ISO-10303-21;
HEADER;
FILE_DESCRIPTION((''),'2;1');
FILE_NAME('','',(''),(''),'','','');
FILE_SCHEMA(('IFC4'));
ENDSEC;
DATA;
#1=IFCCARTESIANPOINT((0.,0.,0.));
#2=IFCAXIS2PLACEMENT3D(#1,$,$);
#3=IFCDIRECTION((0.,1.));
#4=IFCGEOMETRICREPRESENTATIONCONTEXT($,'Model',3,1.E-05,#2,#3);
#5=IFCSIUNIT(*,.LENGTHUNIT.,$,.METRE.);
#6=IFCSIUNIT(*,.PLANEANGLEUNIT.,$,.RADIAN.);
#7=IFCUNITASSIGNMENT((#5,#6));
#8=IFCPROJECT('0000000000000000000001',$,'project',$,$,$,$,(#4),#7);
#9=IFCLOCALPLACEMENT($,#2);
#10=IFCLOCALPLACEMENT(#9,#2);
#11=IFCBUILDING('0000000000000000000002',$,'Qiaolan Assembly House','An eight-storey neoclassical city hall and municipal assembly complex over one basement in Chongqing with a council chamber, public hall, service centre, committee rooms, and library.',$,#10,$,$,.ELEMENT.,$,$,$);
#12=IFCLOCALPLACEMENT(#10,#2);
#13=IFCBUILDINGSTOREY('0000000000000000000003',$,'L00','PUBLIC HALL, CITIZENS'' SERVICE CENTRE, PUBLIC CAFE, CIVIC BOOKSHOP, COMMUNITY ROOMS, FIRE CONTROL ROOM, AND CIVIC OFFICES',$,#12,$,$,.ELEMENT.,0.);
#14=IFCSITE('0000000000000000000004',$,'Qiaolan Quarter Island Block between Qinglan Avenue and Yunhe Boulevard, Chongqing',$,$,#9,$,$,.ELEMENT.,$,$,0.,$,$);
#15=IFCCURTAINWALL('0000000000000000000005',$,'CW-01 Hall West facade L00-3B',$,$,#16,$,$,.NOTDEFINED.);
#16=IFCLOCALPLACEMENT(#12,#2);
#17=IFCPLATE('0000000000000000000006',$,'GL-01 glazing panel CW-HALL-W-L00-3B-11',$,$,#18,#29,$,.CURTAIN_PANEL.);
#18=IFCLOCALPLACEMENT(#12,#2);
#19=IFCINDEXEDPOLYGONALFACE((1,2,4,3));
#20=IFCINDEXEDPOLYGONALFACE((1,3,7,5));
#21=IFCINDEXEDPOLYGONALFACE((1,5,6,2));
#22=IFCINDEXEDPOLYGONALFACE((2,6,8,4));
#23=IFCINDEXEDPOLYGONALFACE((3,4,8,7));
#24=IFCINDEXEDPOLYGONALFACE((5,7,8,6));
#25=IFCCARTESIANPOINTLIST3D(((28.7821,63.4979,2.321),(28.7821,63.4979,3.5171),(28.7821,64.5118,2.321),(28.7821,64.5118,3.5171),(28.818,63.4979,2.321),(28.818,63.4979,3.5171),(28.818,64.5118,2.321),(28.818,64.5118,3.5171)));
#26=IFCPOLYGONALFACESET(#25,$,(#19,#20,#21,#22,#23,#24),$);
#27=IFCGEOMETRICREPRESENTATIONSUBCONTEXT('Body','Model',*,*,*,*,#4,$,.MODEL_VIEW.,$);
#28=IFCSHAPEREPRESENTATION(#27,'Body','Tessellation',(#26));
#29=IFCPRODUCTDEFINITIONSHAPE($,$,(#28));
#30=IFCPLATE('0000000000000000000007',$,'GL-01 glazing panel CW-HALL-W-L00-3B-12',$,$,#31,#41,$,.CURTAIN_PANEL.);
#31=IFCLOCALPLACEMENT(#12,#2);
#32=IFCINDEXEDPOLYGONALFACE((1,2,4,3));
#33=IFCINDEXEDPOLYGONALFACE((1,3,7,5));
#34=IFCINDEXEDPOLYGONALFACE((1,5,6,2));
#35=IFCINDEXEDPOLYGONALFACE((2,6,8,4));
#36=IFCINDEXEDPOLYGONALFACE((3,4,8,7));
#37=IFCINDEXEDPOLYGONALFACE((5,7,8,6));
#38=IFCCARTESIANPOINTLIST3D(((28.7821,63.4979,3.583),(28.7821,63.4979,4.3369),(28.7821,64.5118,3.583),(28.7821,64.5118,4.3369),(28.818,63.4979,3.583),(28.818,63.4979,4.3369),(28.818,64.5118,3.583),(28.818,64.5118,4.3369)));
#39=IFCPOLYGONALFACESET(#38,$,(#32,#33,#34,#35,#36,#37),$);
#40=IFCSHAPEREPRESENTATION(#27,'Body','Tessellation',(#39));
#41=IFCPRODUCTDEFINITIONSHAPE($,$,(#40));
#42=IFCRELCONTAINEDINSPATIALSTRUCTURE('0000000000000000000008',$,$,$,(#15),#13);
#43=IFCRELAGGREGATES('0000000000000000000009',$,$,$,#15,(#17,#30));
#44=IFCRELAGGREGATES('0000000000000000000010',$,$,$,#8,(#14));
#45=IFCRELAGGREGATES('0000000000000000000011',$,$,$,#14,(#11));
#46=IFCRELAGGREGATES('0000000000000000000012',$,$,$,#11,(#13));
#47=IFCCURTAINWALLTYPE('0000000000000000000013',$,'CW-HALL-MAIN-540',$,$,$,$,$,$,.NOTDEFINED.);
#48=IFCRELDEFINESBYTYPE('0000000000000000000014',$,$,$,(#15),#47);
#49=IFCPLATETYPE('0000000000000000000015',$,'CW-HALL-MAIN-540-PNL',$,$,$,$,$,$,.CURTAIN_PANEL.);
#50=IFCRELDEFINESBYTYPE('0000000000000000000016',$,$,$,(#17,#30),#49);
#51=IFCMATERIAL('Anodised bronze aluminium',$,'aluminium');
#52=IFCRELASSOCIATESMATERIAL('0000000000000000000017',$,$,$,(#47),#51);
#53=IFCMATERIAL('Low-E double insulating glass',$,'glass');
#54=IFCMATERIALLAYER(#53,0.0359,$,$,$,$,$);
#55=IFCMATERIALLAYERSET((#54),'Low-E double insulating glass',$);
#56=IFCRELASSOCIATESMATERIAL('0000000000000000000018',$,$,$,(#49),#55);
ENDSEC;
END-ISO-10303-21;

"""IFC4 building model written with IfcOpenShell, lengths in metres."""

from ifc_helpers import new_model, si_unit, direction, frame, frame_2d, origin, place, context, subcontext, project, spatial, rectangle, extrude, material, layer, layer_set, type_object, element, aggregate, save


model = new_model("IFC4")

# Units and contexts
model_context = context("Model", 3, precision=1e-05, world=origin(), true_north=direction((0.0, 1.0)))
body_context = subcontext(model_context, "Body", "Model", "MODEL_VIEW")
ifc_project = project(units=[si_unit("LENGTHUNIT", "METRE"), si_unit("PLANEANGLEUNIT", "RADIAN")], contexts=[model_context])

# Site, building, storey
site_placement = place(None, origin())
site = spatial("IfcSite", under=ifc_project, at=site_placement, Name="Qiaolan Quarter Island Block between Qinglan Avenue and Yunhe Boulevard, Chongqing", CompositionType="ELEMENT", RefElevation=0.0)
building_placement = place(site_placement, origin())
building = spatial("IfcBuilding", under=site, at=building_placement, Name="Qiaolan Assembly House", Description="An eight-storey neoclassical city hall and municipal assembly complex over one basement in Chongqing with a council chamber, public hall, service centre, committee rooms, and library.", CompositionType="ELEMENT")
storey_placement = place(building_placement, origin())
storey = spatial("IfcBuildingStorey", under=building, at=storey_placement, Name="L00", Description="PUBLIC HALL, CITIZENS' SERVICE CENTRE, PUBLIC CAFE, CIVIC BOOKSHOP, COMMUNITY ROOMS, FIRE CONTROL ROOM, AND CIVIC OFFICES", CompositionType="ELEMENT", Elevation=0.0)

# Curtain wall, plates
ifc_material_1 = material(Name="Anodised bronze aluminium", Category="aluminium")
curtain_wall_type = type_object("IfcCurtainWallType", Name="CW-HALL-MAIN-540", PredefinedType="NOTDEFINED", material=ifc_material_1)
curtain_wall_placement = place(storey_placement, origin())
curtain_wall = element("IfcCurtainWall", 1, at=curtain_wall_placement, inside=storey, type_object=curtain_wall_type, Name="CW-01 Hall West facade L00-3B", PredefinedType="NOTDEFINED")
ifc_material_2 = material(Name="Low-E double insulating glass", Category="glass")
ifc_layer = layer(ifc_material_2, 0.0359)
ifc_layer_set = layer_set([ifc_layer], Name="Low-E double insulating glass")
plate_type = type_object("IfcPlateType", Name="CW-HALL-MAIN-540-PNL", PredefinedType="CURTAIN_PANEL", material=ifc_layer_set)
plate_1_placement = place(storey_placement, frame((28.8, 63.498, 2.321), z_axis=(0.0, 0.0, 1.0), x_axis=(0.0, 1.0, 0.0)))
plate_1 = element("IfcPlate", 2, at=plate_1_placement, type_object=plate_type, Name="GL-01 glazing panel CW-HALL-W-L00-3B-11", PredefinedType="CURTAIN_PANEL", context=body_context, shape_type="SweptSolid", body=[
    extrude(rectangle(XDim=1.0139, YDim=0.0359, at=frame_2d((0.5068, 0.0))), origin(), (0.0, 0.0, 1.0), 1.196),
])
plate_2_placement = place(storey_placement, frame((28.8, 63.498, 3.583), z_axis=(0.0, 0.0, 1.0), x_axis=(0.0, 1.0, 0.0)))
plate_2 = element("IfcPlate", 3, at=plate_2_placement, type_object=plate_type, Name="GL-01 glazing panel CW-HALL-W-L00-3B-12", PredefinedType="CURTAIN_PANEL", context=body_context, shape_type="SweptSolid", body=[
    extrude(rectangle(XDim=1.0139, YDim=0.0359, at=frame_2d((0.5068, 0.0))), origin(), (0.0, 0.0, 1.0), 0.7539),
])
aggregate(curtain_wall, [plate_1, plate_2])

save(model, "model.ifc")
